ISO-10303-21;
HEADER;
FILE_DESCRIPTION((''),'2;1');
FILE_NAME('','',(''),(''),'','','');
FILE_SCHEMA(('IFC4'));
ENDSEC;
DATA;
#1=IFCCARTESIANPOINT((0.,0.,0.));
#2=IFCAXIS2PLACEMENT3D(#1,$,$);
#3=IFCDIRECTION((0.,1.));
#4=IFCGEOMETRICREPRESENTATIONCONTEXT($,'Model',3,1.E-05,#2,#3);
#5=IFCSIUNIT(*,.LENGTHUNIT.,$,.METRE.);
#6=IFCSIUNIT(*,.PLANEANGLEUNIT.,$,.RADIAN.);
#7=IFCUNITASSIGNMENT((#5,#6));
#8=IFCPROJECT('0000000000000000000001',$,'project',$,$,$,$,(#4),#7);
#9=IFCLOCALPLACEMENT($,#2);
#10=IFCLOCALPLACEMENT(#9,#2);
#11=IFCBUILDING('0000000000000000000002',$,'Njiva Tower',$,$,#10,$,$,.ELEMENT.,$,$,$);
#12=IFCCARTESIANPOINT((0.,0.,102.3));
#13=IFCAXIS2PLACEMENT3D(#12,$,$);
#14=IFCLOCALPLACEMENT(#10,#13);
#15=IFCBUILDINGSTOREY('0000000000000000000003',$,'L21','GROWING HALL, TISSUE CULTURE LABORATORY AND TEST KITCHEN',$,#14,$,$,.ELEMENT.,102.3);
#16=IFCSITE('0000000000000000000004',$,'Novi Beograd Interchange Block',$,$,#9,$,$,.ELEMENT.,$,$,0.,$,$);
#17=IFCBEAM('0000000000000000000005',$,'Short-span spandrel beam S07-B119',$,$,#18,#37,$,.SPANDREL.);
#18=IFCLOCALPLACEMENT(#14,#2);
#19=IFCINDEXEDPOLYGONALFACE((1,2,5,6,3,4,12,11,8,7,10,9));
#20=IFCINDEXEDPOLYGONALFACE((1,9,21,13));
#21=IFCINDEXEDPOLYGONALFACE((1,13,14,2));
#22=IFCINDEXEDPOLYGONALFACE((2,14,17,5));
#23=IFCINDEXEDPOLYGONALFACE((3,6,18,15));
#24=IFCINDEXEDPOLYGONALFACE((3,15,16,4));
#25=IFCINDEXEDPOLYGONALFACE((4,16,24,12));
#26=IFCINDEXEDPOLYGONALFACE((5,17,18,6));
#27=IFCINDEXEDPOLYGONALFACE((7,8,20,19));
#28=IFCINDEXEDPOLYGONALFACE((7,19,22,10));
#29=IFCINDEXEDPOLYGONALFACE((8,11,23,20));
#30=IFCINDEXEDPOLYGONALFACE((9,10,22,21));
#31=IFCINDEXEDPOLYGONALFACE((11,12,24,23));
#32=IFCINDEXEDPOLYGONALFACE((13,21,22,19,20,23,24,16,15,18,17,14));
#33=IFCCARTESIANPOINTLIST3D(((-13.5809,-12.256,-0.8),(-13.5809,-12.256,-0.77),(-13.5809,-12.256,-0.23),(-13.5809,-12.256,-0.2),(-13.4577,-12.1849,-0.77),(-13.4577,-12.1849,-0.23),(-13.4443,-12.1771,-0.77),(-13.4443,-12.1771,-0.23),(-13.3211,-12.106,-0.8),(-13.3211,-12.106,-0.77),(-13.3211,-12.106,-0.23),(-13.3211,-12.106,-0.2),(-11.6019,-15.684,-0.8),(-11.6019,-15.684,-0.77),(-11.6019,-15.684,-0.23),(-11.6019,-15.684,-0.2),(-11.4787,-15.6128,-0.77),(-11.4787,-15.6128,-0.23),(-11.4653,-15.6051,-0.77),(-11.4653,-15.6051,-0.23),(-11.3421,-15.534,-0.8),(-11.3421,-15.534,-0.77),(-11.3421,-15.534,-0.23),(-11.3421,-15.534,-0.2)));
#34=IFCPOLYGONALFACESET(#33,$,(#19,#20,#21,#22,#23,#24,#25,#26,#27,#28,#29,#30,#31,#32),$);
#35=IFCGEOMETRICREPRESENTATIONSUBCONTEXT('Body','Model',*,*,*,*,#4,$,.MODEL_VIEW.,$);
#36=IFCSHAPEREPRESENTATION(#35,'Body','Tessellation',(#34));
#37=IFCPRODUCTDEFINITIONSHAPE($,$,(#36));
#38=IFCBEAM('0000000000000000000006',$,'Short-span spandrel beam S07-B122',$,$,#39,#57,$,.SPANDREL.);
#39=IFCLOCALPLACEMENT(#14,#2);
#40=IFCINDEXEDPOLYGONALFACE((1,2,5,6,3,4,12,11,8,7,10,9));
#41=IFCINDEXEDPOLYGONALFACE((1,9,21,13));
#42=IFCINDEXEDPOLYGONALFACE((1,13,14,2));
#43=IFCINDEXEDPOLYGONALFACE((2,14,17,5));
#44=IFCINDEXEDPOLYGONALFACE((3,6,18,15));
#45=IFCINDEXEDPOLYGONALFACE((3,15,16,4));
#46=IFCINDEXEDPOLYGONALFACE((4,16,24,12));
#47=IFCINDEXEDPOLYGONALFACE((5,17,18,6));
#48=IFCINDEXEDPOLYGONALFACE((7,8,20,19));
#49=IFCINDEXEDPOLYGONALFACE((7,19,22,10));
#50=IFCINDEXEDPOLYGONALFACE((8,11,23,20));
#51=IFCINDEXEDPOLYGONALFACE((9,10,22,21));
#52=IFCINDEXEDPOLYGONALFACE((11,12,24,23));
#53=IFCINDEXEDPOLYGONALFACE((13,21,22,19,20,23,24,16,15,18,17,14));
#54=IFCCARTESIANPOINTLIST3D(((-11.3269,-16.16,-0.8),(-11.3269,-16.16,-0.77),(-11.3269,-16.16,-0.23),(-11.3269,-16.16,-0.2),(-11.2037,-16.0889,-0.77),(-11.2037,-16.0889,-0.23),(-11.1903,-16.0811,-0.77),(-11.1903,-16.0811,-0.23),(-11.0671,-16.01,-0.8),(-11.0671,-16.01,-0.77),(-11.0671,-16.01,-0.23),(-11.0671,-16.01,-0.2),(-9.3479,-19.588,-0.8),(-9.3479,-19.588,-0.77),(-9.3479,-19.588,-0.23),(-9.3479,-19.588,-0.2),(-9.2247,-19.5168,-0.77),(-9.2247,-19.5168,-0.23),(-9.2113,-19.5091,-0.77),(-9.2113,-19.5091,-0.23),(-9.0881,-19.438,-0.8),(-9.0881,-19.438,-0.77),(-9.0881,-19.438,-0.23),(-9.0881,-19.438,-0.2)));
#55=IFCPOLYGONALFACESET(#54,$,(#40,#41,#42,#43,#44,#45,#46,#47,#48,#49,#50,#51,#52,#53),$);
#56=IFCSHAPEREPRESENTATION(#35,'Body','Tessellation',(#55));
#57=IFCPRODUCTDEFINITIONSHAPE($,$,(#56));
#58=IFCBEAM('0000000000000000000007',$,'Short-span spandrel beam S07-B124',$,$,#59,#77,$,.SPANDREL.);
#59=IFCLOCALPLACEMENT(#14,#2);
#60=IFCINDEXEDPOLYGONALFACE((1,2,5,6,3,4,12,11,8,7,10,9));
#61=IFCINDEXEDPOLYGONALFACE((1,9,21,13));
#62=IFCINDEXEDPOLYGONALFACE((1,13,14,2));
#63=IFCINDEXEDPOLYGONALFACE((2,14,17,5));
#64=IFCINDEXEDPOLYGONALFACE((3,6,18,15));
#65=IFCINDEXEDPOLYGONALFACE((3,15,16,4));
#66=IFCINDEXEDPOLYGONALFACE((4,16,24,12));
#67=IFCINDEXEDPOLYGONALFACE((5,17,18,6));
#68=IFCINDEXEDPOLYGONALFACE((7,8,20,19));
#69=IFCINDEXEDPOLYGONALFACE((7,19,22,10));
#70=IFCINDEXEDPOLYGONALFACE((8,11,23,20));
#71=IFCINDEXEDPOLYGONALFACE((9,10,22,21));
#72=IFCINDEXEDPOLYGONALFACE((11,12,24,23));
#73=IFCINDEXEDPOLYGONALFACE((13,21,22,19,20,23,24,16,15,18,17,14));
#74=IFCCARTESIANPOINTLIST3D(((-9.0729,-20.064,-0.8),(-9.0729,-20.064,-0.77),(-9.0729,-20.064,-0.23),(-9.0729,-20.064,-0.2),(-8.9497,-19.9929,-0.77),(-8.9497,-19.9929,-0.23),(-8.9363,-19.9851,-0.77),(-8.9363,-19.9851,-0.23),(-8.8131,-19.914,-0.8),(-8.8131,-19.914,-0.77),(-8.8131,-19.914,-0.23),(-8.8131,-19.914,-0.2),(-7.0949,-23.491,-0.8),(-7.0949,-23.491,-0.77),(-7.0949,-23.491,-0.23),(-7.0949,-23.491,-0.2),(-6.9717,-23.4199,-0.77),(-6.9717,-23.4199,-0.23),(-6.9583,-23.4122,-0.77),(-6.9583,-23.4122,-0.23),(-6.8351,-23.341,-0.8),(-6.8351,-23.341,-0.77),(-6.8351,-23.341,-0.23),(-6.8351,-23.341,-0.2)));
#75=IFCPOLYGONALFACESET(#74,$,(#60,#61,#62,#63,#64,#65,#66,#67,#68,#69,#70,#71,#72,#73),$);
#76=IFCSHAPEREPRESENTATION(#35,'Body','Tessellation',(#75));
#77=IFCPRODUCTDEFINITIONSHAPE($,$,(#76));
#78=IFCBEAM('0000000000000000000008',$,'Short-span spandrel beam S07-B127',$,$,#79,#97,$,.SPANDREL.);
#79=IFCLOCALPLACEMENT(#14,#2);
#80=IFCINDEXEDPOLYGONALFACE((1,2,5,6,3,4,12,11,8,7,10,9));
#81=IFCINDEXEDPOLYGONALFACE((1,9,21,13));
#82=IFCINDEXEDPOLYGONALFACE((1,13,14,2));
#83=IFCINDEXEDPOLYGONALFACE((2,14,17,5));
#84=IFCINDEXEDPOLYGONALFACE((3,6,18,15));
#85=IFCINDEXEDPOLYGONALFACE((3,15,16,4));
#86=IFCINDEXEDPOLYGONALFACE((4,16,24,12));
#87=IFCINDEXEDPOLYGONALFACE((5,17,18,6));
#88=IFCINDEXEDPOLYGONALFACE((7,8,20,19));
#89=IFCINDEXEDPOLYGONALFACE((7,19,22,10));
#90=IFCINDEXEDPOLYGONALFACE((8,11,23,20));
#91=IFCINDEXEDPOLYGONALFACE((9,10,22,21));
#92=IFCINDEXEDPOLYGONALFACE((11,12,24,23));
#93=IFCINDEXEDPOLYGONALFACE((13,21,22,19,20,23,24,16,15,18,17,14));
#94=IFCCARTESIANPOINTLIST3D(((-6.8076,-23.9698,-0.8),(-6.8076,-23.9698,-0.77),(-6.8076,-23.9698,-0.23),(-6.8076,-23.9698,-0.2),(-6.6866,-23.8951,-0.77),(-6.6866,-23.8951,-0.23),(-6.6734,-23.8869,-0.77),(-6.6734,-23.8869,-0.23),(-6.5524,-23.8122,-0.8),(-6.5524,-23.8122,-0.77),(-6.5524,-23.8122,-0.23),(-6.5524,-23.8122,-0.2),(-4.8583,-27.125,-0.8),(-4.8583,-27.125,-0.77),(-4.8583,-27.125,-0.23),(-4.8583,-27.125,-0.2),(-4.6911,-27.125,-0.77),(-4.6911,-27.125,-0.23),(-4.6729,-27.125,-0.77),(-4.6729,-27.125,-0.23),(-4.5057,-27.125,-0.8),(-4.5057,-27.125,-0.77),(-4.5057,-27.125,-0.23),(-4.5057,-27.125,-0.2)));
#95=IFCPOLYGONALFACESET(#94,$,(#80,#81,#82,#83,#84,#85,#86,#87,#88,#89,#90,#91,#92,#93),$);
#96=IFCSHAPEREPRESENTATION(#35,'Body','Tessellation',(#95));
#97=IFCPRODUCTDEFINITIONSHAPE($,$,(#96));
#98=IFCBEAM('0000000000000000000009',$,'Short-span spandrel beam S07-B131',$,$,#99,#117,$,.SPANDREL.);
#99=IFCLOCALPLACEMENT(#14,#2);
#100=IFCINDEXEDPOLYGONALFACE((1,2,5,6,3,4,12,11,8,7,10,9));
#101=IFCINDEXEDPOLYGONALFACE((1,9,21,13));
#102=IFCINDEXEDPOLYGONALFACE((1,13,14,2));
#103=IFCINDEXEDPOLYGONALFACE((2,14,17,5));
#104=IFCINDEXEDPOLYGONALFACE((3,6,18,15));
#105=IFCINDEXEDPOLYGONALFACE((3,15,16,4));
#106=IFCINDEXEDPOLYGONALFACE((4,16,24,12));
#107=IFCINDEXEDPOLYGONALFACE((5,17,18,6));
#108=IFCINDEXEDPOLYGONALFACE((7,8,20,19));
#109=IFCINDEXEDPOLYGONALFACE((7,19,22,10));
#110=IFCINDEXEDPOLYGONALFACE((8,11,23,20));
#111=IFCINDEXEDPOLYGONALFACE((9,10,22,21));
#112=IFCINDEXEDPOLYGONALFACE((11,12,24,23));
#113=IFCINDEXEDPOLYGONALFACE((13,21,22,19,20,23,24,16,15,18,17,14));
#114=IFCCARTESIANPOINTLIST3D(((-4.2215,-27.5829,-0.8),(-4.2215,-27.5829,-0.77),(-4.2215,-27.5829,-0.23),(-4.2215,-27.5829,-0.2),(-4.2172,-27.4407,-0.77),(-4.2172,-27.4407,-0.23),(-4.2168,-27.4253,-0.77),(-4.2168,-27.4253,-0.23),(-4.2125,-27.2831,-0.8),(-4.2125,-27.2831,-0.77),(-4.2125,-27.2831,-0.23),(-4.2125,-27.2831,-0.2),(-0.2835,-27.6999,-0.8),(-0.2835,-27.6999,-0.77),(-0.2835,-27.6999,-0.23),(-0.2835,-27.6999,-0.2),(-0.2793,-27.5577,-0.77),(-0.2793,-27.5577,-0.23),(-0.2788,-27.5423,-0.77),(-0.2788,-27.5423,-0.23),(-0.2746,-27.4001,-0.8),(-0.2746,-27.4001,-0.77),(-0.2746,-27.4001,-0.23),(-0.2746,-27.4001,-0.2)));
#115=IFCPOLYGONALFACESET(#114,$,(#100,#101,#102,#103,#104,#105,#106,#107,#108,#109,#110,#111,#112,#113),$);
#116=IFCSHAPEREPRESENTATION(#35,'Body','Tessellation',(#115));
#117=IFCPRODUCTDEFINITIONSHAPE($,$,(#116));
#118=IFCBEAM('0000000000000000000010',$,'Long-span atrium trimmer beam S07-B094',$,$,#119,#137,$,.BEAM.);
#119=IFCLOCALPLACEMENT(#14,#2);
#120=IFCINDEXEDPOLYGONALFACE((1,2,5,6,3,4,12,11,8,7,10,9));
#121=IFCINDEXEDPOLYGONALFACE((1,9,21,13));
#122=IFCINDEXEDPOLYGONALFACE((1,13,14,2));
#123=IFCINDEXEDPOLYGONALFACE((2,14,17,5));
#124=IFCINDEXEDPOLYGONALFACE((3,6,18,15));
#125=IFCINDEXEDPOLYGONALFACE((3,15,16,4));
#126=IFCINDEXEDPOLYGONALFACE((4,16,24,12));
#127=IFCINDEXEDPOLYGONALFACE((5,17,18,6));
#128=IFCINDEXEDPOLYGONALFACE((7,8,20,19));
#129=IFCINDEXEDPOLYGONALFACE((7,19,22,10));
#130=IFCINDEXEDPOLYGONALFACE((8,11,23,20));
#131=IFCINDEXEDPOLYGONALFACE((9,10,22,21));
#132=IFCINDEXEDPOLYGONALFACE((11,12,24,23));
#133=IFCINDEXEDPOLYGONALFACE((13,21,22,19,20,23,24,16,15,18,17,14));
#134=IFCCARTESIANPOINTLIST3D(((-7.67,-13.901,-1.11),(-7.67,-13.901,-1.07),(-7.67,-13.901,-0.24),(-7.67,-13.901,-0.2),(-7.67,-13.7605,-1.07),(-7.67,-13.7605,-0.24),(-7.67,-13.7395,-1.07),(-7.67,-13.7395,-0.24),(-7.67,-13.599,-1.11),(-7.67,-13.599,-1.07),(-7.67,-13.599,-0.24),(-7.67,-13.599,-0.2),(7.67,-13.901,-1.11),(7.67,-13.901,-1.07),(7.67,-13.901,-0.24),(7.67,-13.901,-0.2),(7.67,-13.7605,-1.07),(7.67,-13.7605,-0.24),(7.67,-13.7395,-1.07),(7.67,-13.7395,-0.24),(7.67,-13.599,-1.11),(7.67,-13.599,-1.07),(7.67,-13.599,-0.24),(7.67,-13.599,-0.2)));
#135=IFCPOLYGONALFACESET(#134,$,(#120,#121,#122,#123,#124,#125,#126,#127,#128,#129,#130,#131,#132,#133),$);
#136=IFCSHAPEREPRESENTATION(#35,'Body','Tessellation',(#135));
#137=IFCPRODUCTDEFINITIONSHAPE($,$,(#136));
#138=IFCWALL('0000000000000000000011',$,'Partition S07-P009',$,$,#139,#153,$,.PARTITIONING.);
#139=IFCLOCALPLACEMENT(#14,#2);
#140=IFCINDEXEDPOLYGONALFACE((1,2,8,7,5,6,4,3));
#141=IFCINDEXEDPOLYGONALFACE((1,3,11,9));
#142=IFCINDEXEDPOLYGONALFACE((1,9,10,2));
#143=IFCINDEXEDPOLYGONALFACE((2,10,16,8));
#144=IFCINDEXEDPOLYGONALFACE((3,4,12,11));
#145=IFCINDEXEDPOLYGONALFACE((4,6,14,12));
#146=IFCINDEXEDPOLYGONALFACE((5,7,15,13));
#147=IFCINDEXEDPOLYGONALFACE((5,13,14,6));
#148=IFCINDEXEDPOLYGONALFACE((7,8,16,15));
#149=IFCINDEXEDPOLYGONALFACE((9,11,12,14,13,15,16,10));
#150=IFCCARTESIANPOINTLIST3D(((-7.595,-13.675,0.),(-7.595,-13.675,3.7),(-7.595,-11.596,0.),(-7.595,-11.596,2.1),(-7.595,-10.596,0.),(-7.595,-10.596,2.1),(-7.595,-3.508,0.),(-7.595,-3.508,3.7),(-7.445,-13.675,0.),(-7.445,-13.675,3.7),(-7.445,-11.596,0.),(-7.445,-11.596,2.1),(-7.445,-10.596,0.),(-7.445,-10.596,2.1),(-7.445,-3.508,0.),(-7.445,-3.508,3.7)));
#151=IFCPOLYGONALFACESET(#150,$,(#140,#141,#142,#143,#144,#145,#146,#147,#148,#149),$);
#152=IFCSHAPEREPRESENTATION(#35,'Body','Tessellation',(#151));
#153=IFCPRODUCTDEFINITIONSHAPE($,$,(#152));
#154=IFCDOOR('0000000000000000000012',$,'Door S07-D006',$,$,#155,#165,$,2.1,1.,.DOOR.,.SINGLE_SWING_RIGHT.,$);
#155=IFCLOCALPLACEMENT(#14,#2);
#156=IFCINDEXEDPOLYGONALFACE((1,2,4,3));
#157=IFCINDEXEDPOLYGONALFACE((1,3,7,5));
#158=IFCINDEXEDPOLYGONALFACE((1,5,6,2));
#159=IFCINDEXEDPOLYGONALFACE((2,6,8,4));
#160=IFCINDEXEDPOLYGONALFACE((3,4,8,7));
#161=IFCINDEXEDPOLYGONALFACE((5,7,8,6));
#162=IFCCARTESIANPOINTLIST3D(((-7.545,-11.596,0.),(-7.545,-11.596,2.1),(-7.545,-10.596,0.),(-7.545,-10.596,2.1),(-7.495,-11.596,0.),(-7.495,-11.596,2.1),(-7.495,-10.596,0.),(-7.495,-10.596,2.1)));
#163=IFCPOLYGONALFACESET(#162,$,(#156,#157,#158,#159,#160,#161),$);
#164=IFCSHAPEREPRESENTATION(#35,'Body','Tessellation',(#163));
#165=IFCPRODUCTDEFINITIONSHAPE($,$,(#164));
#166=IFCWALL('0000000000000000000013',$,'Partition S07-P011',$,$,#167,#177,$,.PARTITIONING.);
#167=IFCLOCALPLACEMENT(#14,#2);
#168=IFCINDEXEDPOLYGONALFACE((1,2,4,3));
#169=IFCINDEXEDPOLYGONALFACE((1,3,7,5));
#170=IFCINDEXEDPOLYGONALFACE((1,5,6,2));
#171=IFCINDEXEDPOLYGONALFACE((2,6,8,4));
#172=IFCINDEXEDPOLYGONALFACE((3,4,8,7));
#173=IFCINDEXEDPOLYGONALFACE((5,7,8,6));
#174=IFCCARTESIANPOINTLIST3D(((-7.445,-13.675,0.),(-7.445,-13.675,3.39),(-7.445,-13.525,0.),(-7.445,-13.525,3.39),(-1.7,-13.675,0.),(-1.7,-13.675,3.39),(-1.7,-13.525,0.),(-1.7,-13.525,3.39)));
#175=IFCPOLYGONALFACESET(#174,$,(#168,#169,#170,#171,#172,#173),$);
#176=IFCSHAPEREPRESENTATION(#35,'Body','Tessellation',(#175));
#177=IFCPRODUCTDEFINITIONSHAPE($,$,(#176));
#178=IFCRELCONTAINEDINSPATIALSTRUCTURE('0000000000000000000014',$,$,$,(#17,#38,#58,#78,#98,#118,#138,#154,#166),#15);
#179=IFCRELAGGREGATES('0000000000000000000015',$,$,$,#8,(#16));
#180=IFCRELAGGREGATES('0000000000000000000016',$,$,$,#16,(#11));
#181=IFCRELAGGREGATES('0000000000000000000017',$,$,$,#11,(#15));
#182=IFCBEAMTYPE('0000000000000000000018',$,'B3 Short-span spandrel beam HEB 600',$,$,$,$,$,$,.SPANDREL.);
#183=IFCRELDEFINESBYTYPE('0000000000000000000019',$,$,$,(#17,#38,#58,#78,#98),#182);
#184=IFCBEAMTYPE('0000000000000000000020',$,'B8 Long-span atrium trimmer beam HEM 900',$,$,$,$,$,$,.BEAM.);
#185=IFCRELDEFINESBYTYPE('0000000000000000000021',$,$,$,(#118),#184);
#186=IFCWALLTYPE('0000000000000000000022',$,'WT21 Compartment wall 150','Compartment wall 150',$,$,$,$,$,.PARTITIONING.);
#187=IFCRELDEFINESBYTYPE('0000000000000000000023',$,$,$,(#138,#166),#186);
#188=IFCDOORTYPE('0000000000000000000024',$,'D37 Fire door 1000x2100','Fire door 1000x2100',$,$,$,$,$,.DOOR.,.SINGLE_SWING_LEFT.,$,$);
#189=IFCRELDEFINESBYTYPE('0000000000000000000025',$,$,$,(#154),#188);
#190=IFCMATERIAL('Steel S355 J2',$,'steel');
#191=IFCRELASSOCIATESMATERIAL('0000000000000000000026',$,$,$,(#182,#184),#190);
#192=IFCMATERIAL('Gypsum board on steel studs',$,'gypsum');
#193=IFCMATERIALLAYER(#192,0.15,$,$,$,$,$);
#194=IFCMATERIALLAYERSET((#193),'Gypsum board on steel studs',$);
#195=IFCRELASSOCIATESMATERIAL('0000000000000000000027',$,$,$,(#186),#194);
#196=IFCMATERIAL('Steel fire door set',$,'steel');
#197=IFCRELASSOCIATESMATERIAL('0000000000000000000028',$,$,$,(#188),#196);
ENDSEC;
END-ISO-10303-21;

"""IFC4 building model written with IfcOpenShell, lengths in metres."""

from ifc_helpers import new_model, si_unit, direction, frame, frame_2d, origin, origin_2d, place, context, subcontext, project, spatial, rectangle, i_section, extrude, clip, halfspace, material, layer, layer_set, material_profile, profile_set, type_object, element, fill, save


model = new_model("IFC4")

# Units and contexts
model_context = context("Model", 3, precision=1e-05, world=origin(), true_north=direction((0.0, 1.0)))
body_context = subcontext(model_context, "Body", "Model", "MODEL_VIEW")
ifc_project = project(units=[si_unit("LENGTHUNIT", "METRE"), si_unit("PLANEANGLEUNIT", "RADIAN")], contexts=[model_context])

# Site, building, storey
site_placement = place(None, origin())
site = spatial("IfcSite", under=ifc_project, at=site_placement, Name="Novi Beograd Interchange Block", CompositionType="ELEMENT", RefElevation=0.0)
building_placement = place(site_placement, origin())
building = spatial("IfcBuilding", under=site, at=building_placement, Name="Njiva Tower", CompositionType="ELEMENT")
storey_placement = place(building_placement, frame((0.0, 0.0, 102.3)))
storey = spatial("IfcBuildingStorey", under=building, at=storey_placement, Name="L21", Description="GROWING HALL, TISSUE CULTURE LABORATORY AND TEST KITCHEN", CompositionType="ELEMENT", Elevation=102.3)

# Shared definitions
ifc_material_1 = material(Name="Steel S355 J2", Category="steel")

# Beams
ifc_material_profile_1 = material_profile(ifc_material_1, i_section(OverallWidth=0.3, OverallDepth=0.6, WebThickness=0.0155, FlangeThickness=0.03, at=origin_2d()), Name="HEB 600")
ifc_profile_set_1 = profile_set([ifc_material_profile_1], Name="Steel S355 J2")
beam_type_1 = type_object("IfcBeamType", Name="B3 Short-span spandrel beam HEB 600", PredefinedType="SPANDREL", material=ifc_profile_set_1)
for number, where, z_axis, x_axis, name in (
    (1, (-13.451, -12.181, -0.5), (0.49997, -0.866043, 0.0), (0.866043, 0.49997, 0.0), "Short-span spandrel beam S07-B119"),
    (2, (-11.197, -16.085, -0.5), (0.49997, -0.866043, 0.0), (0.866043, 0.49997, 0.0), "Short-span spandrel beam S07-B122"),
):
    element("IfcBeam", number, at=place(storey_placement, frame(where, z_axis=z_axis, x_axis=x_axis)), inside=storey, type_object=beam_type_1, Name=name, PredefinedType="SPANDREL", context=body_context, shape_type="SweptSolid", body=[
        extrude(i_section(OverallWidth=0.3, OverallDepth=0.6, WebThickness=0.0155, FlangeThickness=0.03, at=origin_2d()), origin(), (0.0, 0.0, 1.0), 3.9582),
    ])
beam_1_placement = place(storey_placement, frame((-8.943, -19.989, -0.5), z_axis=(0.49989, -0.866089, 0.0), x_axis=(0.866089, 0.49989, 0.0)))
element("IfcBeam", 3, at=beam_1_placement, inside=storey, type_object=beam_type_1, Name="Short-span spandrel beam S07-B124", PredefinedType="SPANDREL", context=body_context, shape_type="SweptSolid", body=[
    extrude(i_section(OverallWidth=0.3, OverallDepth=0.6, WebThickness=0.0155, FlangeThickness=0.03, at=origin_2d()), origin(), (0.0, 0.0, 1.0), 3.9569),
])
beam_2_placement = place(storey_placement, frame((-6.68, -23.891, -0.5), z_axis=(0.525594, -0.850736, 0.0), x_axis=(0.850736, 0.525594, 0.0)))
element("IfcBeam", 4, at=beam_2_placement, inside=storey, type_object=beam_type_1, Name="Short-span spandrel beam S07-B127", PredefinedType="SPANDREL", context=body_context, shape_type="Clipping", body=[
    clip(extrude(i_section(OverallWidth=0.3, OverallDepth=0.6, WebThickness=0.0155, FlangeThickness=0.03, at=origin_2d()), origin(), (0.0, 0.0, 1.0), 3.9144), halfspace(frame((-0.026, 0.0, 3.7853), z_axis=(-0.525594, 0.0, 0.850736), x_axis=(0.0, 1.0, 0.0)), False)),
])
beam_3_placement = place(storey_placement, frame((-4.217, -27.433, -0.5), z_axis=(0.999559, -0.029697, 0.0), x_axis=(0.029697, 0.999559, 0.0)))
element("IfcBeam", 5, at=beam_3_placement, inside=storey, type_object=beam_type_1, Name="Short-span spandrel beam S07-B131", PredefinedType="SPANDREL", context=body_context, shape_type="SweptSolid", body=[
    extrude(i_section(OverallWidth=0.3, OverallDepth=0.6, WebThickness=0.0155, FlangeThickness=0.03, at=origin_2d()), origin(), (0.0, 0.0, 1.0), 3.9397),
])
ifc_material_profile_2 = material_profile(ifc_material_1, i_section(OverallWidth=0.302, OverallDepth=0.91, WebThickness=0.021, FlangeThickness=0.04, at=origin_2d()), Name="HEM 900")
ifc_profile_set_2 = profile_set([ifc_material_profile_2], Name="Steel S355 J2")
beam_type_2 = type_object("IfcBeamType", Name="B8 Long-span atrium trimmer beam HEM 900", PredefinedType="BEAM", material=ifc_profile_set_2)
beam_4_placement = place(storey_placement, frame((-7.67, -13.75, -0.655), z_axis=(1.0, 0.0, 0.0), x_axis=(0.0, 1.0, 0.0)))
element("IfcBeam", 6, at=beam_4_placement, inside=storey, type_object=beam_type_2, Name="Long-span atrium trimmer beam S07-B094", PredefinedType="BEAM", context=body_context, shape_type="SweptSolid", body=[
    extrude(i_section(OverallWidth=0.302, OverallDepth=0.91, WebThickness=0.021, FlangeThickness=0.04, at=origin_2d()), origin(), (0.0, 0.0, 1.0), 15.34),
])

# Wall, opening, door
ifc_material_2 = material(Name="Gypsum board on steel studs", Category="gypsum")
ifc_layer_1 = layer(ifc_material_2, 0.15)
ifc_layer_set_1 = layer_set([ifc_layer_1], Name="Gypsum board on steel studs")
wall_type_1 = type_object("IfcWallType", Name="WT21 Compartment wall 150", Description="Compartment wall 150", PredefinedType="PARTITIONING", material=ifc_layer_set_1)
wall_1_placement = place(storey_placement, frame((-7.52, -13.675, 0.0), z_axis=(0.0, 0.0, 1.0), x_axis=(0.0, 1.0, 0.0)))
wall_1 = element("IfcWall", 7, at=wall_1_placement, inside=storey, type_object=wall_type_1, Name="Partition S07-P009", PredefinedType="PARTITIONING", context=body_context, shape_type="SweptSolid", body=[
    extrude(rectangle(XDim=10.167, YDim=0.15, at=frame_2d((5.0835, 0.0))), origin(), (0.0, 0.0, 1.0), 3.7),
])
opening_1_placement = place(wall_1_placement, frame((2.079, 0.0, 0.0)))
opening_1 = element("IfcOpeningElement", 8, at=opening_1_placement, cuts=wall_1, PredefinedType="OPENING", context=body_context, shape_type="SweptSolid", body=[
    extrude(rectangle(XDim=1.0, YDim=2.1, at=frame_2d((0.5, 1.05))), frame((0.0, 0.085, 0.0), z_axis=(0.0, -1.0, 0.0), x_axis=(1.0, 0.0, 0.0)), (0.0, 0.0, 1.0), 0.17),
])
ifc_material_3 = material(Name="Steel fire door set", Category="steel")
door_type = type_object("IfcDoorType", Name="D37 Fire door 1000x2100", Description="Fire door 1000x2100", OperationType="SINGLE_SWING_LEFT", PredefinedType="DOOR", material=ifc_material_3)
door_placement = place(opening_1_placement, origin())
door = element("IfcDoor", 9, at=door_placement, inside=storey, type_object=door_type, Name="Door S07-D006", OperationType="SINGLE_SWING_RIGHT", OverallHeight=2.1, OverallWidth=1.0, PredefinedType="DOOR", context=body_context, shape_type="SweptSolid", body=[
    extrude(rectangle(XDim=1.0, YDim=2.1, at=frame_2d((0.5, 1.05))), frame((0.0, 0.025, 0.0), z_axis=(0.0, -1.0, 0.0), x_axis=(1.0, 0.0, 0.0)), (0.0, 0.0, 1.0), 0.05),
])
fill(opening_1, door)

# Wall
wall_2_placement = place(storey_placement, frame((-7.445, -13.6, 0.0), z_axis=(0.0, 0.0, 1.0), x_axis=(1.0, 0.0, 0.0)))
element("IfcWall", 10, at=wall_2_placement, inside=storey, type_object=wall_type_1, Name="Partition S07-P011", PredefinedType="PARTITIONING", context=body_context, shape_type="SweptSolid", body=[
    extrude(rectangle(XDim=5.745, YDim=0.15, at=frame_2d((2.8725, 0.0))), origin(), (0.0, 0.0, 1.0), 3.39),
])

save(model, "model.ifc")
